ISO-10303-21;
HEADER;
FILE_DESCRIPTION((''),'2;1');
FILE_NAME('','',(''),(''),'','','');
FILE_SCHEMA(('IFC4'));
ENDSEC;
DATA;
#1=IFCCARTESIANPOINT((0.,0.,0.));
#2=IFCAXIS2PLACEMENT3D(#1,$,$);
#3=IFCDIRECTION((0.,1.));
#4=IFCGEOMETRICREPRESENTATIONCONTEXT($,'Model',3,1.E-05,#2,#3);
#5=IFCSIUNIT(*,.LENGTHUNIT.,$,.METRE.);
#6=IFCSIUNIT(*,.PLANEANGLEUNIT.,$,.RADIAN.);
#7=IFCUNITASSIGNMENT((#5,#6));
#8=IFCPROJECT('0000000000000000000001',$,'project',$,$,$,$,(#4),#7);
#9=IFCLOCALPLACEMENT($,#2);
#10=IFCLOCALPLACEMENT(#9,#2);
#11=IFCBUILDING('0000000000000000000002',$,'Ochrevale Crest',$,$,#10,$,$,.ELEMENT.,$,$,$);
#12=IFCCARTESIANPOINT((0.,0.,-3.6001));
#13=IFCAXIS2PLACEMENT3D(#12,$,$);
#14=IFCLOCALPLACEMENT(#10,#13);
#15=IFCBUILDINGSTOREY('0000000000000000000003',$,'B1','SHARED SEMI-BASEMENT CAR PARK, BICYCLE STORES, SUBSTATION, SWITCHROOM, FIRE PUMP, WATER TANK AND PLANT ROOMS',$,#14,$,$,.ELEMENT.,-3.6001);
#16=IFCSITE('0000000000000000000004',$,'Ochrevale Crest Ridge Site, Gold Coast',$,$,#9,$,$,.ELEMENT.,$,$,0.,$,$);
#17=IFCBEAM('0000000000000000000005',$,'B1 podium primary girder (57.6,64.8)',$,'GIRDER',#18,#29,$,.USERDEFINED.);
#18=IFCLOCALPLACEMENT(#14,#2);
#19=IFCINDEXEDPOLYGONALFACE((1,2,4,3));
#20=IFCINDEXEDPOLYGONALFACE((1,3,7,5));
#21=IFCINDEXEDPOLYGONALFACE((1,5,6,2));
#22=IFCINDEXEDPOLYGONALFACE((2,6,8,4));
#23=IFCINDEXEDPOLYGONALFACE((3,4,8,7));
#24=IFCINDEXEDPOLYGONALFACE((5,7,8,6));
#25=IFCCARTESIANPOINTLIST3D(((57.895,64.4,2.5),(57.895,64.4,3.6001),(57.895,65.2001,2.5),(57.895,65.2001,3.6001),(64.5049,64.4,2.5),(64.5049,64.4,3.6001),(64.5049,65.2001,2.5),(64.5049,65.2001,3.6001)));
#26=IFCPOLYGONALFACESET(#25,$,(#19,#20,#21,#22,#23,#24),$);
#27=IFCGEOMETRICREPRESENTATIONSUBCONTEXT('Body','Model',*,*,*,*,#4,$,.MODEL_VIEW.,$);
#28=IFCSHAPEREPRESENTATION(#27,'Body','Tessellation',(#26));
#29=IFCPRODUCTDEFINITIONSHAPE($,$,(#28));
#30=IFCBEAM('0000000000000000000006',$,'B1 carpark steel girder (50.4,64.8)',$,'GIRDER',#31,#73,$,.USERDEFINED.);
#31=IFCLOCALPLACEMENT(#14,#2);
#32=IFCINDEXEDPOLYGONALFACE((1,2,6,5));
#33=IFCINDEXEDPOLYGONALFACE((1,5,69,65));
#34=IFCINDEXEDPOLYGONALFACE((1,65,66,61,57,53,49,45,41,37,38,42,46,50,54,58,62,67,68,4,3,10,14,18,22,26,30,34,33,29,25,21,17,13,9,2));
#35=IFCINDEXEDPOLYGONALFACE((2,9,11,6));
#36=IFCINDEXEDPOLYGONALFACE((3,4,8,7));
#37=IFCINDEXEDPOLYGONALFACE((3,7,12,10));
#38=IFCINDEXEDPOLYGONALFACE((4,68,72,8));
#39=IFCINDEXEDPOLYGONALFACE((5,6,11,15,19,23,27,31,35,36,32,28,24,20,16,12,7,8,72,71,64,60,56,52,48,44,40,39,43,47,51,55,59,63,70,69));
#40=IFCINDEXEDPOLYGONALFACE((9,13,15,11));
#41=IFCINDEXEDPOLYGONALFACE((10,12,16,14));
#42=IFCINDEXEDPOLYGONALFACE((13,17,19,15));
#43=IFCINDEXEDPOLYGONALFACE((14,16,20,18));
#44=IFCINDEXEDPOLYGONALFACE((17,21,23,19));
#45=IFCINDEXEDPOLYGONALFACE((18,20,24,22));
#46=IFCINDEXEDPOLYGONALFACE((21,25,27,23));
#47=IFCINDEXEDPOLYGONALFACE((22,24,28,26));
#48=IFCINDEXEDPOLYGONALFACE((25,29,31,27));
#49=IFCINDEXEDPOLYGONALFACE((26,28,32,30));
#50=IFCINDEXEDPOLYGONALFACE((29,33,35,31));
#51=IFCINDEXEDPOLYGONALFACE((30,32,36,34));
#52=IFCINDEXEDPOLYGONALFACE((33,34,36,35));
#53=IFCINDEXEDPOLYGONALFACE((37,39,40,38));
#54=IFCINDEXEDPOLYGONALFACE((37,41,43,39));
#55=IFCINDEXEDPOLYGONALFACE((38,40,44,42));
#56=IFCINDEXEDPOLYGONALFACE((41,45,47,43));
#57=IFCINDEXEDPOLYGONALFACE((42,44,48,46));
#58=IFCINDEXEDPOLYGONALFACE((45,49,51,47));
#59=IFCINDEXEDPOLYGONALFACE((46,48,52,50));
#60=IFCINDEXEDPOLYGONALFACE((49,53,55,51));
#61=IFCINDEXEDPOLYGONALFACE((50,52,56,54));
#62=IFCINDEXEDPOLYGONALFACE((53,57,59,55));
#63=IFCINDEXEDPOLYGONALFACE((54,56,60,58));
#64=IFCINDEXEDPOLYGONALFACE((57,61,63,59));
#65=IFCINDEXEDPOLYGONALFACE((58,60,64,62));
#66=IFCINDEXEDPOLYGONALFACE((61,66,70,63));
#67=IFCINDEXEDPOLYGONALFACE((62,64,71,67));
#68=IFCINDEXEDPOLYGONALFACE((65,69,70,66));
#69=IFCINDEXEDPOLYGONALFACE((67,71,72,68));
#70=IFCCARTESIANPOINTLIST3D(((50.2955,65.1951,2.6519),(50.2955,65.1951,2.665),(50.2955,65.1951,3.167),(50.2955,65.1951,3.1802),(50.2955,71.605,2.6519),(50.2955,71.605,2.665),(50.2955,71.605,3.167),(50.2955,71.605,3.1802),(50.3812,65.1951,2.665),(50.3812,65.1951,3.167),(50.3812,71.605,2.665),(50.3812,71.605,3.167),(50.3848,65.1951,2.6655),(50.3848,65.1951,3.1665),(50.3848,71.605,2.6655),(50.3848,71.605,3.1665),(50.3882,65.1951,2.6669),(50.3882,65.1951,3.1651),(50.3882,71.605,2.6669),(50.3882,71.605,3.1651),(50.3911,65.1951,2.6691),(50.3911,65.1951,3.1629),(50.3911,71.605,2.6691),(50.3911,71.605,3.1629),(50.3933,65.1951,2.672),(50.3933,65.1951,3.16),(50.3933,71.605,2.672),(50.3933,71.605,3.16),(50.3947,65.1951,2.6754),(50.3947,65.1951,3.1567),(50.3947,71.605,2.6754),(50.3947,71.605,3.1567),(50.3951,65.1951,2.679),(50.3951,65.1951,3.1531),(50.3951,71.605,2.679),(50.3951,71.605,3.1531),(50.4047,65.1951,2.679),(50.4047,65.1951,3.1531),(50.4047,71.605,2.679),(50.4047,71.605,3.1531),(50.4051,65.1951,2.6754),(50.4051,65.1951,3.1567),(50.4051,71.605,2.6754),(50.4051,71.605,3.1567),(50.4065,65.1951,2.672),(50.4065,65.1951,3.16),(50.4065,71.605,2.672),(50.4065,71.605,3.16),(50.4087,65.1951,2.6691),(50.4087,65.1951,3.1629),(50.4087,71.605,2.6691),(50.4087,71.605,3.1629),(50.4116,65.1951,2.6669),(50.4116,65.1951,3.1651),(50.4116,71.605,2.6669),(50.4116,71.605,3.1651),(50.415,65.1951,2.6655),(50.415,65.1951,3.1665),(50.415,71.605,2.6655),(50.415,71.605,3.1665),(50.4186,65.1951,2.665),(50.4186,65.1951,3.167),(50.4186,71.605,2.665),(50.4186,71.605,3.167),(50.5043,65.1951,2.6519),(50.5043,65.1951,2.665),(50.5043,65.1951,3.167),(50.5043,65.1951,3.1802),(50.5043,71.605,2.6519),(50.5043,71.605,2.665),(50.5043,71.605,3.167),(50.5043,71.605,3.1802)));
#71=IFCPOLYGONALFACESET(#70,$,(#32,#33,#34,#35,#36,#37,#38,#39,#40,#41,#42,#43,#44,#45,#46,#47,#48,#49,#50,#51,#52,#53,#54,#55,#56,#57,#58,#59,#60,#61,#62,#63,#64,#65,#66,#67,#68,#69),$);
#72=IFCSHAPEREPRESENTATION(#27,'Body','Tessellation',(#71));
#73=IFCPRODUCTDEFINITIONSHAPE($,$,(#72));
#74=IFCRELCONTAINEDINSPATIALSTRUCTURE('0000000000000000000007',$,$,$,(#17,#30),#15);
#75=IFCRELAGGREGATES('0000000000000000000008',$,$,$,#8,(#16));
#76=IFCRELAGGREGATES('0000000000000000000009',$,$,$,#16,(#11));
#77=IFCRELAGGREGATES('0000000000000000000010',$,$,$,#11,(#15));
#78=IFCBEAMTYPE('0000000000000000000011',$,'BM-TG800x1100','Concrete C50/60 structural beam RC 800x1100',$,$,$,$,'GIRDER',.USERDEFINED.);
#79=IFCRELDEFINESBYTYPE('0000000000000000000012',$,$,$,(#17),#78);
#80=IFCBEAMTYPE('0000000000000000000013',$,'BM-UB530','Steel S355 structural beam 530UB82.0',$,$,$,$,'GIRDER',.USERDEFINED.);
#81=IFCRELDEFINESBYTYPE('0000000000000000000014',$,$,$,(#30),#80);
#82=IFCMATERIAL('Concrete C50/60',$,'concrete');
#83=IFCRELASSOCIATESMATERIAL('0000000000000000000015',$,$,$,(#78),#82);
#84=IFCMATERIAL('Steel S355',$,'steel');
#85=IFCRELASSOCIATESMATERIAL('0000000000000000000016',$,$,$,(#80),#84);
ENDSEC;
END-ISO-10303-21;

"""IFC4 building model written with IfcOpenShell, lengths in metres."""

from ifc_helpers import new_model, si_unit, direction, frame, origin, origin_2d, place, context, subcontext, project, spatial, rectangle, i_section, extrude, material, material_profile, profile_set, type_object, element, save


model = new_model("IFC4")

# Units and contexts
model_context = context("Model", 3, precision=1e-05, world=origin(), true_north=direction((0.0, 1.0)))
body_context = subcontext(model_context, "Body", "Model", "MODEL_VIEW")
ifc_project = project(units=[si_unit("LENGTHUNIT", "METRE"), si_unit("PLANEANGLEUNIT", "RADIAN")], contexts=[model_context])

# Site, building, storey
site_placement = place(None, origin())
site = spatial("IfcSite", under=ifc_project, at=site_placement, Name="Ochrevale Crest Ridge Site, Gold Coast", CompositionType="ELEMENT", RefElevation=0.0)
building_placement = place(site_placement, origin())
building = spatial("IfcBuilding", under=site, at=building_placement, Name="Ochrevale Crest", CompositionType="ELEMENT")
storey_placement = place(building_placement, frame((0.0, 0.0, -3.6001)))
storey = spatial("IfcBuildingStorey", under=building, at=storey_placement, Name="B1", Description="SHARED SEMI-BASEMENT CAR PARK, BICYCLE STORES, SUBSTATION, SWITCHROOM, FIRE PUMP, WATER TANK AND PLANT ROOMS", CompositionType="ELEMENT", Elevation=-3.6001)

# Shared definitions
ifc_material_1 = material(Name="Concrete C50/60", Category="concrete")

# Beams
ifc_material_profile_1 = material_profile(ifc_material_1, rectangle(XDim=0.8, YDim=1.1001, at=origin_2d()), Name="RC 800x1100")
ifc_profile_set_1 = profile_set([ifc_material_profile_1], Name="Concrete C50/60")
beam_type_1 = type_object("IfcBeamType", Name="BM-TG800x1100", Description="Concrete C50/60 structural beam RC 800x1100", ElementType="GIRDER", PredefinedType="USERDEFINED", material=ifc_profile_set_1)
for number, where, z_axis, x_axis, name in (
    (1, (57.895, 64.8, 3.05), (1.0, 0.0, 0.0), (0.0, 1.0, 0.0), "B1 podium primary girder (57.6,64.8)"),
):
    element("IfcBeam", number, at=place(storey_placement, frame(where, z_axis=z_axis, x_axis=x_axis)), inside=storey, type_object=beam_type_1, Name=name, ObjectType="GIRDER", PredefinedType="USERDEFINED", context=body_context, shape_type="SweptSolid", body=[
        extrude(rectangle(XDim=0.8, YDim=1.1001, at=origin_2d()), origin(), (0.0, 0.0, 1.0), 6.6099),
    ])
ifc_material_2 = material(Name="Steel S355", Category="steel")
ifc_material_profile_2 = material_profile(ifc_material_2, i_section(OverallWidth=0.2087, OverallDepth=0.5283, WebThickness=0.0095, FlangeThickness=0.0132, FilletRadius=0.0139, at=origin_2d()), Name="530UB82.0")
ifc_profile_set_2 = profile_set([ifc_material_profile_2], Name="Steel S355")
beam_type_2 = type_object("IfcBeamType", Name="BM-UB530", Description="Steel S355 structural beam 530UB82.0", ElementType="GIRDER", PredefinedType="USERDEFINED", material=ifc_profile_set_2)
beam_placement = place(storey_placement, frame((50.3999, 65.1951, 2.916), z_axis=(0.0, 1.0, 0.0), x_axis=(-1.0, 0.0, 0.0)))
element("IfcBeam", 2, at=beam_placement, inside=storey, type_object=beam_type_2, Name="B1 carpark steel girder (50.4,64.8)", ObjectType="GIRDER", PredefinedType="USERDEFINED", context=body_context, shape_type="SweptSolid", body=[
    extrude(i_section(OverallWidth=0.2087, OverallDepth=0.5283, WebThickness=0.0095, FlangeThickness=0.0132, FilletRadius=0.0139, at=origin_2d()), origin(), (0.0, 0.0, 1.0), 6.4099),
])

save(model, "model.ifc")
